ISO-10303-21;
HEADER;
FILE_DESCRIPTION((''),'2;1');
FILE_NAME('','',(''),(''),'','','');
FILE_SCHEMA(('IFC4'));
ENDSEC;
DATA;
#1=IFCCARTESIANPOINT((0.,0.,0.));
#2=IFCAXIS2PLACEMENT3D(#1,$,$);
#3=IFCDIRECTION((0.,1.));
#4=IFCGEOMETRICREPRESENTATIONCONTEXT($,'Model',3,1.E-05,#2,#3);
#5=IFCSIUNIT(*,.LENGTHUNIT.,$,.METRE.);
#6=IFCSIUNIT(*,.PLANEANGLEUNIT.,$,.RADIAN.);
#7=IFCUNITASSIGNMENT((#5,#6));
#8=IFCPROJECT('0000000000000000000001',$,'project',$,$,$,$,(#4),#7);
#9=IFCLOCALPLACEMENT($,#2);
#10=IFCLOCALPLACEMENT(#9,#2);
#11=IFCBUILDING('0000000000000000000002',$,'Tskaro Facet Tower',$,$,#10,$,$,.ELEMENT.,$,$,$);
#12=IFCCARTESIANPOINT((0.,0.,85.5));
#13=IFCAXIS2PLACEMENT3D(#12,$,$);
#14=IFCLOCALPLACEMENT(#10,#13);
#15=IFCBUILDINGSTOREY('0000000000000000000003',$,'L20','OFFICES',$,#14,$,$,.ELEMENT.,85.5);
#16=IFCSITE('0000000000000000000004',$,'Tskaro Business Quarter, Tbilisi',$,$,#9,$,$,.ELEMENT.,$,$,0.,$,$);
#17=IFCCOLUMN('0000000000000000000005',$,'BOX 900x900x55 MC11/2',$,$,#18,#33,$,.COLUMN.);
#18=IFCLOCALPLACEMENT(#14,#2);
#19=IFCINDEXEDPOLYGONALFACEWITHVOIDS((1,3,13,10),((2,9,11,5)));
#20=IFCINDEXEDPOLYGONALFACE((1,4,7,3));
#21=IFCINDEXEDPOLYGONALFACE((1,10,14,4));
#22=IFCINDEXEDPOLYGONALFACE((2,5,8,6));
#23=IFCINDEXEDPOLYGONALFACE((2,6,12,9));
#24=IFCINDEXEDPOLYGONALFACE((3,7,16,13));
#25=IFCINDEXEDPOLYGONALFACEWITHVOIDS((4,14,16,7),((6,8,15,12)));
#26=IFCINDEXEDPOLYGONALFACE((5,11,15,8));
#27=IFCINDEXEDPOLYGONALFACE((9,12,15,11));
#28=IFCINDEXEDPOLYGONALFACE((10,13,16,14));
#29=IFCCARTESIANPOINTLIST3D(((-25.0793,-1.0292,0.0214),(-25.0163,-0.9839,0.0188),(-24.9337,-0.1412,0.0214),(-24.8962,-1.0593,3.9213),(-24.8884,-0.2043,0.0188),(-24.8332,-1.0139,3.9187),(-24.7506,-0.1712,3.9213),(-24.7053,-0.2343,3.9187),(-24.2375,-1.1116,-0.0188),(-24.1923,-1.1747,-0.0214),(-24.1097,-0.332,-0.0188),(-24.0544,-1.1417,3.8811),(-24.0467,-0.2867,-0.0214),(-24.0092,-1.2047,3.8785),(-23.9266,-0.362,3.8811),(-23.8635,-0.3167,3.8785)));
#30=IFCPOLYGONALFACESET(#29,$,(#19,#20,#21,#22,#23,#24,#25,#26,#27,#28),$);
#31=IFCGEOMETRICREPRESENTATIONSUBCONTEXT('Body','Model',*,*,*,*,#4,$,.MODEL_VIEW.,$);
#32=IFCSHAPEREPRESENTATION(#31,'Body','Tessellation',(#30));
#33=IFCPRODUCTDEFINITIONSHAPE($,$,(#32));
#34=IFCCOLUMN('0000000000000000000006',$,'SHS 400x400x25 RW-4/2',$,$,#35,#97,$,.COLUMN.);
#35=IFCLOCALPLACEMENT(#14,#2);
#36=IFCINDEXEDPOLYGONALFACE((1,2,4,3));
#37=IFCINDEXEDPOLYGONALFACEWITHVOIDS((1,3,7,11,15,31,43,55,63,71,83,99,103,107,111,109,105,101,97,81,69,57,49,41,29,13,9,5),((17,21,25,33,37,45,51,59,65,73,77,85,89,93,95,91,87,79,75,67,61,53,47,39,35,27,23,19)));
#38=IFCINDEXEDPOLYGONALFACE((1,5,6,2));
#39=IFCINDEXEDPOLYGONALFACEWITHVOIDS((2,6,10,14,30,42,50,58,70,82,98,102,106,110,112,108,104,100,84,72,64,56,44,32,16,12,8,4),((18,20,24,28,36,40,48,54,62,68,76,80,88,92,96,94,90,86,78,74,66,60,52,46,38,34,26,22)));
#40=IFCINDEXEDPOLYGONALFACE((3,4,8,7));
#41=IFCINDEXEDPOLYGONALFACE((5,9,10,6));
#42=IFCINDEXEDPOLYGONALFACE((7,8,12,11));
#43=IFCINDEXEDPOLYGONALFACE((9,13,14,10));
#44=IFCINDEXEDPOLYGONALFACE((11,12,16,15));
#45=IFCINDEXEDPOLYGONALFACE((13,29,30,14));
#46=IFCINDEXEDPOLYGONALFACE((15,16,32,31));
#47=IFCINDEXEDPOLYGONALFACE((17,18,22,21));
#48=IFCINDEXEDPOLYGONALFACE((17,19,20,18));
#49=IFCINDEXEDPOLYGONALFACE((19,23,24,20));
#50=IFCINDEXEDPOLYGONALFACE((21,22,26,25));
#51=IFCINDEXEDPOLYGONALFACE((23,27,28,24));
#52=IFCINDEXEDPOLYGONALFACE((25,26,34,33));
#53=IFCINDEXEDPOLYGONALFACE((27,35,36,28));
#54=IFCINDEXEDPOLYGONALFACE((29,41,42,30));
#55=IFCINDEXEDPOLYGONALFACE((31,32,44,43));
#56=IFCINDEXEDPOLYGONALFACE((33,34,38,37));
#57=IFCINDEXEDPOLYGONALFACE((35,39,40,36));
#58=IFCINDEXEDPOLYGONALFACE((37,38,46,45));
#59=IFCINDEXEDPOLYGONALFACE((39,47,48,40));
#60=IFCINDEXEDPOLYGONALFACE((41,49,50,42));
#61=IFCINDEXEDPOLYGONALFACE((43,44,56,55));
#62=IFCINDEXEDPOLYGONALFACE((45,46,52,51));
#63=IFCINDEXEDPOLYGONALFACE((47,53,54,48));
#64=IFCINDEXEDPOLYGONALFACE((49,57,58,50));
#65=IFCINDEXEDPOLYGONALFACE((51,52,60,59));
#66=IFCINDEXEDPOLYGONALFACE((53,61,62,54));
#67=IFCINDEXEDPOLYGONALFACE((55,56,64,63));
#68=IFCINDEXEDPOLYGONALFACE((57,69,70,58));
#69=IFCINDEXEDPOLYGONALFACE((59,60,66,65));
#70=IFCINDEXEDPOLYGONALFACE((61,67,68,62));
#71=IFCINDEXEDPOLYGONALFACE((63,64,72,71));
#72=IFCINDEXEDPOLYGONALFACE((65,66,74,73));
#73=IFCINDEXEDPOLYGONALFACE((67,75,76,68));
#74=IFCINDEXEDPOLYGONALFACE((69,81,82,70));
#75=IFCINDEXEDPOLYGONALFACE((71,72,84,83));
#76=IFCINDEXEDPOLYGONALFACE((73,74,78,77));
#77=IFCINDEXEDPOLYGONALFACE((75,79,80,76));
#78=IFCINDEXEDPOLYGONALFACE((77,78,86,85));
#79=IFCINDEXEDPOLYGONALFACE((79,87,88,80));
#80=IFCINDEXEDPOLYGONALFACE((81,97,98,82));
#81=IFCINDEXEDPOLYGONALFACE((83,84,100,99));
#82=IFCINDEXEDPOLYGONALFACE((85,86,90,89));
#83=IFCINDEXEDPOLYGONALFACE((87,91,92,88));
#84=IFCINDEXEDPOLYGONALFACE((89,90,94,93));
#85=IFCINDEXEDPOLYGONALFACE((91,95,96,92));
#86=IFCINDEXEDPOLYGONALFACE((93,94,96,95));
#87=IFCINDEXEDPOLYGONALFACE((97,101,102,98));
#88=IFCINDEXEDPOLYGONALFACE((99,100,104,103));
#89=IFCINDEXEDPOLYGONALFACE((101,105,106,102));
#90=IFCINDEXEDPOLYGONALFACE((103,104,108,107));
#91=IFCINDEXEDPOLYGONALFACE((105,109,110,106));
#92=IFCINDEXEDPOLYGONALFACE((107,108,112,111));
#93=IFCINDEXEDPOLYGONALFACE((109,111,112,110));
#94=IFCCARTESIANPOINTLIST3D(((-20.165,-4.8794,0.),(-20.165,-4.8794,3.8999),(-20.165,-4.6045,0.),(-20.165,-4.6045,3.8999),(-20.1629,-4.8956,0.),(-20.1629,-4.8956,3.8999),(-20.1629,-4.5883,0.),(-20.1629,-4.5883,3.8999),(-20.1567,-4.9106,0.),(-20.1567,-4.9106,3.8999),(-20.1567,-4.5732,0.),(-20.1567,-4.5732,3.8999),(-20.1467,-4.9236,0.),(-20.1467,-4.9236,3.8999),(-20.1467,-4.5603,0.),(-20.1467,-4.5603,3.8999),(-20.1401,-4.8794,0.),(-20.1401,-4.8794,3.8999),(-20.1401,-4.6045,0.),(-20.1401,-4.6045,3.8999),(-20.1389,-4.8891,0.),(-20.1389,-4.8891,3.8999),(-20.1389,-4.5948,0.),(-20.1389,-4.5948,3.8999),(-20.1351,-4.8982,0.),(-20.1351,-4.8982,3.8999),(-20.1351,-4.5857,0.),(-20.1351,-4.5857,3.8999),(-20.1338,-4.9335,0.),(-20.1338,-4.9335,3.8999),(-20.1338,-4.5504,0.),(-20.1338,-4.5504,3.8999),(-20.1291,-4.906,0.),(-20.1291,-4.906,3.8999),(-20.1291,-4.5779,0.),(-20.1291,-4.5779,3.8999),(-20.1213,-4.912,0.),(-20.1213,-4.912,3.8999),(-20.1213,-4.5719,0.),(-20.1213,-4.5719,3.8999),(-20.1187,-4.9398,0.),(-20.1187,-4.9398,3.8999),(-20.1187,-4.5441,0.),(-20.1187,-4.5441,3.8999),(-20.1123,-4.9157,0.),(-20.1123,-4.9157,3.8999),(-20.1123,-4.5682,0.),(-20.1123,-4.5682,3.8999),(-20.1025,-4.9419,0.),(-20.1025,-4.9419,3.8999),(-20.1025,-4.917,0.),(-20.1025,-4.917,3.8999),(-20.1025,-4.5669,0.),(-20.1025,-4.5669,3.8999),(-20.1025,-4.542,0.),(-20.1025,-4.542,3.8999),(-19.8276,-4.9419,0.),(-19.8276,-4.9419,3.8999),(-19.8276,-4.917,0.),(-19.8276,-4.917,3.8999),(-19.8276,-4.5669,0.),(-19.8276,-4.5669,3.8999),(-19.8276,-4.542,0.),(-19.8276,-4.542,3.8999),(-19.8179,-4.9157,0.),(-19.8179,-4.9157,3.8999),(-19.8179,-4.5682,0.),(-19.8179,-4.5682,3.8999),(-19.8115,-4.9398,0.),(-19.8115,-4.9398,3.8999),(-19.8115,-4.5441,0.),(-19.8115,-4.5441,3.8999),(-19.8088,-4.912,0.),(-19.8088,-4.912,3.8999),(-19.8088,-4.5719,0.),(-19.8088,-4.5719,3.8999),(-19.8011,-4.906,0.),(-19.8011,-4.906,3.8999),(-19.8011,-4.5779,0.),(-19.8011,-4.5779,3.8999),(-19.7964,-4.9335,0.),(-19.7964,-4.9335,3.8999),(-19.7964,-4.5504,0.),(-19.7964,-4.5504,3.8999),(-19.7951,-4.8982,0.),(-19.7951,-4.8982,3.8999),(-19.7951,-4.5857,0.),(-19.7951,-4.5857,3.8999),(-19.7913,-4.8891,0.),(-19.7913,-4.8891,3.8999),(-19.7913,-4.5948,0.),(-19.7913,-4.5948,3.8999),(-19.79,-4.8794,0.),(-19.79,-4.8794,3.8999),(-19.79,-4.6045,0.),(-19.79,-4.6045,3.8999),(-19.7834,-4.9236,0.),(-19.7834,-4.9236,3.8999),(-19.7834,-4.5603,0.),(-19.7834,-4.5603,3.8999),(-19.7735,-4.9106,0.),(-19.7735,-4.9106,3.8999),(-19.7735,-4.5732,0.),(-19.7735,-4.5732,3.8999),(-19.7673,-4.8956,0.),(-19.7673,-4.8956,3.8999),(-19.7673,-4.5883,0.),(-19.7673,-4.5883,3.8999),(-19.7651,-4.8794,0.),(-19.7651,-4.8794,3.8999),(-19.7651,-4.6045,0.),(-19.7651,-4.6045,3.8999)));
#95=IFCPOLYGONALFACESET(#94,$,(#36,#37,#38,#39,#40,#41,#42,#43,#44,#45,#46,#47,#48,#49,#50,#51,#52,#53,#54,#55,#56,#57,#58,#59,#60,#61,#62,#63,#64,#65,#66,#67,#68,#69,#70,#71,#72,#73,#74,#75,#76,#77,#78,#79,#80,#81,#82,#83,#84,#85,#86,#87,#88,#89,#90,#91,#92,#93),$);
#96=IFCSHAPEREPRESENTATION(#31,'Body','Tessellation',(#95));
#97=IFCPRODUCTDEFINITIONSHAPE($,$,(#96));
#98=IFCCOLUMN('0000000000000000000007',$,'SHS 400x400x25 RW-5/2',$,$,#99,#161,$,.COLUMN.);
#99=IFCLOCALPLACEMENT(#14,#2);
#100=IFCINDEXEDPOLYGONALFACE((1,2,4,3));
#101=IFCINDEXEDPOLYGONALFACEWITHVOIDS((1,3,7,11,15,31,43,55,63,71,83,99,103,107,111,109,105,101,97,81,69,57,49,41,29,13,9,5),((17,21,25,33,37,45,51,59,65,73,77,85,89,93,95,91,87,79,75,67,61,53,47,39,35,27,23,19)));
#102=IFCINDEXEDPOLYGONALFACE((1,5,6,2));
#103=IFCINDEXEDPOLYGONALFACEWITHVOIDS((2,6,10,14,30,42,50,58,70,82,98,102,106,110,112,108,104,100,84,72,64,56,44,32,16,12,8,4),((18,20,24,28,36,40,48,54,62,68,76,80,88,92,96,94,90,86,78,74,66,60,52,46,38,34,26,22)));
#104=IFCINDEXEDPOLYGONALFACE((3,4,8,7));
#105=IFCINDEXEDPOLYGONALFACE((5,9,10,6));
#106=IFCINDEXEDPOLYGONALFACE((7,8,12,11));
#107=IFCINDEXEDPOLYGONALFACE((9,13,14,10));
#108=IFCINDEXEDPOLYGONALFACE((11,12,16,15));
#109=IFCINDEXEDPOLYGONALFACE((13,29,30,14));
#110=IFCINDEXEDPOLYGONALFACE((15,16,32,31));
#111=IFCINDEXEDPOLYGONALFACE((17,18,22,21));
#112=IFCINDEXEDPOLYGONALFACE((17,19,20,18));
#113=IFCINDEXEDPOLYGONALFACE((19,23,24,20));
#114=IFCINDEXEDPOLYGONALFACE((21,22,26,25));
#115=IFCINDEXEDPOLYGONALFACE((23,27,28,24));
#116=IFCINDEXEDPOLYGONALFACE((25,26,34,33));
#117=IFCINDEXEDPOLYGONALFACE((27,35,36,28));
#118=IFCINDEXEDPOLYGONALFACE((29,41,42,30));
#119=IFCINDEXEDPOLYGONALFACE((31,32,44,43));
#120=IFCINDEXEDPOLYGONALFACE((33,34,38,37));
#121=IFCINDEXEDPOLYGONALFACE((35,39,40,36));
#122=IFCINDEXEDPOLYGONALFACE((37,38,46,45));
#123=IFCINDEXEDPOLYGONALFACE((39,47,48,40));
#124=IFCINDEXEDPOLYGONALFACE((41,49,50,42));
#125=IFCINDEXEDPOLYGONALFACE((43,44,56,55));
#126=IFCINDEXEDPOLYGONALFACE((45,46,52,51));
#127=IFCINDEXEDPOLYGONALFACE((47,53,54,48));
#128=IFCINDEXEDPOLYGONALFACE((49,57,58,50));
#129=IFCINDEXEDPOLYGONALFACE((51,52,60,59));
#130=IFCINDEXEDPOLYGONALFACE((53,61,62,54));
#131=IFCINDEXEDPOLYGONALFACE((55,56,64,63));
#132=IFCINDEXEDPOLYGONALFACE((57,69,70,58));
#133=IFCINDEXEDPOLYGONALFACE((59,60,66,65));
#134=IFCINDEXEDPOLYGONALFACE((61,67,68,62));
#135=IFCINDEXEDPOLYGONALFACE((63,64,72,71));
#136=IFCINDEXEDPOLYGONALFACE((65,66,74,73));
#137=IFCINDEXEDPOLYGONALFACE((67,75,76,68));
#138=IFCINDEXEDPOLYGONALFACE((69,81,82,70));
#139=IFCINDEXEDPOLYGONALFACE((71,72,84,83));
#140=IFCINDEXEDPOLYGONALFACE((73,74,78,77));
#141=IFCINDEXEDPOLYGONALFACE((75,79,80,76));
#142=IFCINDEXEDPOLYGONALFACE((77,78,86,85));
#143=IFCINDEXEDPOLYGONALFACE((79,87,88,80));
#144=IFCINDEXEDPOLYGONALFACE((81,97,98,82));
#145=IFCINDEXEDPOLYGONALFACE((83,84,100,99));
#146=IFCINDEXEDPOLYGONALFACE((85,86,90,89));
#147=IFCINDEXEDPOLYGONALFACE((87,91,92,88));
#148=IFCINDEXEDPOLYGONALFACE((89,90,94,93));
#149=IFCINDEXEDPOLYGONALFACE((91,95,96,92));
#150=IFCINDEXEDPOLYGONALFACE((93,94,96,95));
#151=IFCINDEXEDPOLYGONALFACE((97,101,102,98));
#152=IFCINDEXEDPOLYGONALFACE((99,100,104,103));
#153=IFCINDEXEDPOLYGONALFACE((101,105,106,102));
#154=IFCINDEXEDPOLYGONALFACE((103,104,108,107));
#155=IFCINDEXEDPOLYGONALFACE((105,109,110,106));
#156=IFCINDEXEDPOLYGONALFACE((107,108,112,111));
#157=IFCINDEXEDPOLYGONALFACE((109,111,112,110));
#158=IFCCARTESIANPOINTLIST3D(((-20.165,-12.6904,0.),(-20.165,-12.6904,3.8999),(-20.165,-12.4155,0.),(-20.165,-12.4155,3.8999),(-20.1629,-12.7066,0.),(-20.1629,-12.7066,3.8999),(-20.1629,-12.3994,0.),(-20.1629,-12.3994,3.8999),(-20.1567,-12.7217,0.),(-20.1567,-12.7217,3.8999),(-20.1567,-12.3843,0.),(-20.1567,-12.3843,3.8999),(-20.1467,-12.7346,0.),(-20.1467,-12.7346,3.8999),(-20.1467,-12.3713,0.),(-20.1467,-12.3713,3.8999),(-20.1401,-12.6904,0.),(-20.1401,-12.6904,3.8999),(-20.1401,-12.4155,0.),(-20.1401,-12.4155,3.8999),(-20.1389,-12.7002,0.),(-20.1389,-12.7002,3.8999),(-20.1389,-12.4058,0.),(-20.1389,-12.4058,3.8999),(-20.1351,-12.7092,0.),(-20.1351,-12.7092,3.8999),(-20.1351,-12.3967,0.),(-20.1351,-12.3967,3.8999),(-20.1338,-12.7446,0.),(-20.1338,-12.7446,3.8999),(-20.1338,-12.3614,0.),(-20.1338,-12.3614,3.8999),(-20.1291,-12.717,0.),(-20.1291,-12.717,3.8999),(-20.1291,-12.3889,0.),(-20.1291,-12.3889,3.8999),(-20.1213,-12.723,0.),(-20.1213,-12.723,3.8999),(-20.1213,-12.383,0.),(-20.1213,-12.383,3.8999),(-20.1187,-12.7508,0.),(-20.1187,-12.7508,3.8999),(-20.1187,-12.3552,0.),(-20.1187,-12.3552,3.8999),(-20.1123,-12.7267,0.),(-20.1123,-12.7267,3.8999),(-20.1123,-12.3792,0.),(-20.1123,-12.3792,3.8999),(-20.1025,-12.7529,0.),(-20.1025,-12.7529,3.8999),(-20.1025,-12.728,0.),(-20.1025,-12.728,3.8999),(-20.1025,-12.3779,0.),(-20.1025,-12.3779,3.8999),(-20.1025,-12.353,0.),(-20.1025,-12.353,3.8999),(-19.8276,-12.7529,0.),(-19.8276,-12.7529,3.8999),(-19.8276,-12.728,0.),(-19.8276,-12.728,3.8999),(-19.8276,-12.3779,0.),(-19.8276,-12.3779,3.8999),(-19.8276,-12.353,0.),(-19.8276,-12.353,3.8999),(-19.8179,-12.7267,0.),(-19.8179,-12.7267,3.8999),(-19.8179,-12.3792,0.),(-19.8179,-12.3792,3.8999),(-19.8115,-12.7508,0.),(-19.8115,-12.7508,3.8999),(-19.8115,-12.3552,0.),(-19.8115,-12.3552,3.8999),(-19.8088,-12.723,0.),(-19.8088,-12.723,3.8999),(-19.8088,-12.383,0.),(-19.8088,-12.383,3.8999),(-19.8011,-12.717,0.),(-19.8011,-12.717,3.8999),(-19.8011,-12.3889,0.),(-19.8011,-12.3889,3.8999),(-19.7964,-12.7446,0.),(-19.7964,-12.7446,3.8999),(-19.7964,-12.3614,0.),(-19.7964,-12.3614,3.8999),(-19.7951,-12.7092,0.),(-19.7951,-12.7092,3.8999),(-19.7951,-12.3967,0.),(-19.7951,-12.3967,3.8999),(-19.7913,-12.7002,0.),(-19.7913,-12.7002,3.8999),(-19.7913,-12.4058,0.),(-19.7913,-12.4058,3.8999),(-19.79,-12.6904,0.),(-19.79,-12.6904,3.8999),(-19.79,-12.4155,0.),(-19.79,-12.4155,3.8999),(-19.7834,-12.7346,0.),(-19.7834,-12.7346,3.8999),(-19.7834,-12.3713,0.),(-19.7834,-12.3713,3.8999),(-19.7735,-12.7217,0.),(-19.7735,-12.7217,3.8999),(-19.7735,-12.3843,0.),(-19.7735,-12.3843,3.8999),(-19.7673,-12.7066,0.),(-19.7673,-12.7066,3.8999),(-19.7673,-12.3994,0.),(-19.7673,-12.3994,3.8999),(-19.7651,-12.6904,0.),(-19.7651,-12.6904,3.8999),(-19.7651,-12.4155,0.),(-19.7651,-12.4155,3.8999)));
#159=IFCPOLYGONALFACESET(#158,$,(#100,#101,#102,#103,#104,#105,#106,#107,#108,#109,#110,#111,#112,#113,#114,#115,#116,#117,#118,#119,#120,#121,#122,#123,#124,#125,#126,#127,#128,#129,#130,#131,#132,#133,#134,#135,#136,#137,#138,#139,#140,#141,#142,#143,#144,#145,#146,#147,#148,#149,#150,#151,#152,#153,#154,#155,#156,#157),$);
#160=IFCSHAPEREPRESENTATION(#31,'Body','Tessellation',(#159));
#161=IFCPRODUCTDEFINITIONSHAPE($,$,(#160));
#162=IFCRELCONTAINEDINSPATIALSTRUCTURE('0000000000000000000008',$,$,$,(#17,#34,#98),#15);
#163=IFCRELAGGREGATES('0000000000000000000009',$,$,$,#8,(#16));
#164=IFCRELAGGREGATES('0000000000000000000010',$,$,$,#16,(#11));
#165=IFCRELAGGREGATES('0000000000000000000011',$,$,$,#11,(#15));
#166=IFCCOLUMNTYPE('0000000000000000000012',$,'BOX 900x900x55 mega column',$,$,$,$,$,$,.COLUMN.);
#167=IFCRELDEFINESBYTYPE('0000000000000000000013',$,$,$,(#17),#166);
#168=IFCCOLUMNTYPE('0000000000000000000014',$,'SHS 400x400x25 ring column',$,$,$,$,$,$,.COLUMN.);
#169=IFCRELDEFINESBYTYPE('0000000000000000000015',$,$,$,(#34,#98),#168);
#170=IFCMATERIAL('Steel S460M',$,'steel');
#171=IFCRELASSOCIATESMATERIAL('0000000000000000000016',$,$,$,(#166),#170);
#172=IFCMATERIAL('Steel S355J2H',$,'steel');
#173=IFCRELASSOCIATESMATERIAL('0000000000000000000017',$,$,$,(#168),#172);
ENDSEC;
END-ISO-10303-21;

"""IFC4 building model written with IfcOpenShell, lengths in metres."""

from ifc_helpers import new_model, si_unit, direction, frame, origin, origin_2d, place, context, subcontext, project, spatial, hollow_rectangle, extrude, material, material_profile, profile_set, type_object, element, save


model = new_model("IFC4")

# Units and contexts
model_context = context("Model", 3, precision=1e-05, world=origin(), true_north=direction((0.0, 1.0)))
body_context = subcontext(model_context, "Body", "Model", "MODEL_VIEW")
ifc_project = project(units=[si_unit("LENGTHUNIT", "METRE"), si_unit("PLANEANGLEUNIT", "RADIAN")], contexts=[model_context])

# Site, building, storey
site_placement = place(None, origin())
site = spatial("IfcSite", under=ifc_project, at=site_placement, Name="Tskaro Business Quarter, Tbilisi", CompositionType="ELEMENT", RefElevation=0.0)
building_placement = place(site_placement, origin())
building = spatial("IfcBuilding", under=site, at=building_placement, Name="Tskaro Facet Tower", CompositionType="ELEMENT")
storey_placement = place(building_placement, frame((0.0, 0.0, 85.5)))
storey = spatial("IfcBuildingStorey", under=building, at=storey_placement, Name="L20", Description="OFFICES", CompositionType="ELEMENT", Elevation=85.5)

# Columns
ifc_material_1 = material(Name="Steel S460M", Category="steel")
ifc_material_profile_1 = material_profile(ifc_material_1, hollow_rectangle(XDim=0.8999, YDim=0.8999, WallThickness=0.0549, at=origin_2d()), Name="BOX 900x900x55")
ifc_profile_set_1 = profile_set([ifc_material_profile_1], Name="Steel S460M")
column_type_1 = type_object("IfcColumnType", Name="BOX 900x900x55 mega column", PredefinedType="COLUMN", material=ifc_profile_set_1)
column_placement = place(storey_placement, frame((-24.563, -0.658, 0.0), z_axis=(0.046898, -0.007691, 0.99887), x_axis=(0.161838, 0.986817, 0.0)))
element("IfcColumn", 1, at=column_placement, inside=storey, type_object=column_type_1, Name="BOX 900x900x55 MC11/2", PredefinedType="COLUMN", context=body_context, shape_type="SweptSolid", body=[
    extrude(hollow_rectangle(XDim=0.8999, YDim=0.8999, WallThickness=0.0549, at=origin_2d()), origin(), (0.0, 0.0, 1.0), 3.9043),
])
ifc_material_2 = material(Name="Steel S355J2H", Category="steel")
ifc_material_profile_2 = material_profile(ifc_material_2, hollow_rectangle(XDim=0.3999, YDim=0.3999, WallThickness=0.0249, InnerFilletRadius=0.0376, OuterFilletRadius=0.0625, at=origin_2d()), Name="SHS 400x400x25")
ifc_profile_set_2 = profile_set([ifc_material_profile_2], Name="Steel S355J2H")
column_type_2 = type_object("IfcColumnType", Name="SHS 400x400x25 ring column", PredefinedType="COLUMN", material=ifc_profile_set_2)
for number, where, z_axis, x_axis, name in (
    (2, (-19.9651, -4.7419, 0.0), (0.0, 0.0, 1.0), (1.0, 0.0, 0.0), "SHS 400x400x25 RW-4/2"),
    (3, (-19.9651, -12.553, 0.0), (0.0, 0.0, 1.0), (1.0, 0.0, 0.0), "SHS 400x400x25 RW-5/2"),
):
    element("IfcColumn", number, at=place(storey_placement, frame(where, z_axis=z_axis, x_axis=x_axis)), inside=storey, type_object=column_type_2, Name=name, PredefinedType="COLUMN", context=body_context, shape_type="SweptSolid", body=[
        extrude(hollow_rectangle(XDim=0.3999, YDim=0.3999, WallThickness=0.0249, InnerFilletRadius=0.0376, OuterFilletRadius=0.0625, at=origin_2d()), origin(), (0.0, 0.0, 1.0), 3.8999),
    ])

save(model, "model.ifc")
